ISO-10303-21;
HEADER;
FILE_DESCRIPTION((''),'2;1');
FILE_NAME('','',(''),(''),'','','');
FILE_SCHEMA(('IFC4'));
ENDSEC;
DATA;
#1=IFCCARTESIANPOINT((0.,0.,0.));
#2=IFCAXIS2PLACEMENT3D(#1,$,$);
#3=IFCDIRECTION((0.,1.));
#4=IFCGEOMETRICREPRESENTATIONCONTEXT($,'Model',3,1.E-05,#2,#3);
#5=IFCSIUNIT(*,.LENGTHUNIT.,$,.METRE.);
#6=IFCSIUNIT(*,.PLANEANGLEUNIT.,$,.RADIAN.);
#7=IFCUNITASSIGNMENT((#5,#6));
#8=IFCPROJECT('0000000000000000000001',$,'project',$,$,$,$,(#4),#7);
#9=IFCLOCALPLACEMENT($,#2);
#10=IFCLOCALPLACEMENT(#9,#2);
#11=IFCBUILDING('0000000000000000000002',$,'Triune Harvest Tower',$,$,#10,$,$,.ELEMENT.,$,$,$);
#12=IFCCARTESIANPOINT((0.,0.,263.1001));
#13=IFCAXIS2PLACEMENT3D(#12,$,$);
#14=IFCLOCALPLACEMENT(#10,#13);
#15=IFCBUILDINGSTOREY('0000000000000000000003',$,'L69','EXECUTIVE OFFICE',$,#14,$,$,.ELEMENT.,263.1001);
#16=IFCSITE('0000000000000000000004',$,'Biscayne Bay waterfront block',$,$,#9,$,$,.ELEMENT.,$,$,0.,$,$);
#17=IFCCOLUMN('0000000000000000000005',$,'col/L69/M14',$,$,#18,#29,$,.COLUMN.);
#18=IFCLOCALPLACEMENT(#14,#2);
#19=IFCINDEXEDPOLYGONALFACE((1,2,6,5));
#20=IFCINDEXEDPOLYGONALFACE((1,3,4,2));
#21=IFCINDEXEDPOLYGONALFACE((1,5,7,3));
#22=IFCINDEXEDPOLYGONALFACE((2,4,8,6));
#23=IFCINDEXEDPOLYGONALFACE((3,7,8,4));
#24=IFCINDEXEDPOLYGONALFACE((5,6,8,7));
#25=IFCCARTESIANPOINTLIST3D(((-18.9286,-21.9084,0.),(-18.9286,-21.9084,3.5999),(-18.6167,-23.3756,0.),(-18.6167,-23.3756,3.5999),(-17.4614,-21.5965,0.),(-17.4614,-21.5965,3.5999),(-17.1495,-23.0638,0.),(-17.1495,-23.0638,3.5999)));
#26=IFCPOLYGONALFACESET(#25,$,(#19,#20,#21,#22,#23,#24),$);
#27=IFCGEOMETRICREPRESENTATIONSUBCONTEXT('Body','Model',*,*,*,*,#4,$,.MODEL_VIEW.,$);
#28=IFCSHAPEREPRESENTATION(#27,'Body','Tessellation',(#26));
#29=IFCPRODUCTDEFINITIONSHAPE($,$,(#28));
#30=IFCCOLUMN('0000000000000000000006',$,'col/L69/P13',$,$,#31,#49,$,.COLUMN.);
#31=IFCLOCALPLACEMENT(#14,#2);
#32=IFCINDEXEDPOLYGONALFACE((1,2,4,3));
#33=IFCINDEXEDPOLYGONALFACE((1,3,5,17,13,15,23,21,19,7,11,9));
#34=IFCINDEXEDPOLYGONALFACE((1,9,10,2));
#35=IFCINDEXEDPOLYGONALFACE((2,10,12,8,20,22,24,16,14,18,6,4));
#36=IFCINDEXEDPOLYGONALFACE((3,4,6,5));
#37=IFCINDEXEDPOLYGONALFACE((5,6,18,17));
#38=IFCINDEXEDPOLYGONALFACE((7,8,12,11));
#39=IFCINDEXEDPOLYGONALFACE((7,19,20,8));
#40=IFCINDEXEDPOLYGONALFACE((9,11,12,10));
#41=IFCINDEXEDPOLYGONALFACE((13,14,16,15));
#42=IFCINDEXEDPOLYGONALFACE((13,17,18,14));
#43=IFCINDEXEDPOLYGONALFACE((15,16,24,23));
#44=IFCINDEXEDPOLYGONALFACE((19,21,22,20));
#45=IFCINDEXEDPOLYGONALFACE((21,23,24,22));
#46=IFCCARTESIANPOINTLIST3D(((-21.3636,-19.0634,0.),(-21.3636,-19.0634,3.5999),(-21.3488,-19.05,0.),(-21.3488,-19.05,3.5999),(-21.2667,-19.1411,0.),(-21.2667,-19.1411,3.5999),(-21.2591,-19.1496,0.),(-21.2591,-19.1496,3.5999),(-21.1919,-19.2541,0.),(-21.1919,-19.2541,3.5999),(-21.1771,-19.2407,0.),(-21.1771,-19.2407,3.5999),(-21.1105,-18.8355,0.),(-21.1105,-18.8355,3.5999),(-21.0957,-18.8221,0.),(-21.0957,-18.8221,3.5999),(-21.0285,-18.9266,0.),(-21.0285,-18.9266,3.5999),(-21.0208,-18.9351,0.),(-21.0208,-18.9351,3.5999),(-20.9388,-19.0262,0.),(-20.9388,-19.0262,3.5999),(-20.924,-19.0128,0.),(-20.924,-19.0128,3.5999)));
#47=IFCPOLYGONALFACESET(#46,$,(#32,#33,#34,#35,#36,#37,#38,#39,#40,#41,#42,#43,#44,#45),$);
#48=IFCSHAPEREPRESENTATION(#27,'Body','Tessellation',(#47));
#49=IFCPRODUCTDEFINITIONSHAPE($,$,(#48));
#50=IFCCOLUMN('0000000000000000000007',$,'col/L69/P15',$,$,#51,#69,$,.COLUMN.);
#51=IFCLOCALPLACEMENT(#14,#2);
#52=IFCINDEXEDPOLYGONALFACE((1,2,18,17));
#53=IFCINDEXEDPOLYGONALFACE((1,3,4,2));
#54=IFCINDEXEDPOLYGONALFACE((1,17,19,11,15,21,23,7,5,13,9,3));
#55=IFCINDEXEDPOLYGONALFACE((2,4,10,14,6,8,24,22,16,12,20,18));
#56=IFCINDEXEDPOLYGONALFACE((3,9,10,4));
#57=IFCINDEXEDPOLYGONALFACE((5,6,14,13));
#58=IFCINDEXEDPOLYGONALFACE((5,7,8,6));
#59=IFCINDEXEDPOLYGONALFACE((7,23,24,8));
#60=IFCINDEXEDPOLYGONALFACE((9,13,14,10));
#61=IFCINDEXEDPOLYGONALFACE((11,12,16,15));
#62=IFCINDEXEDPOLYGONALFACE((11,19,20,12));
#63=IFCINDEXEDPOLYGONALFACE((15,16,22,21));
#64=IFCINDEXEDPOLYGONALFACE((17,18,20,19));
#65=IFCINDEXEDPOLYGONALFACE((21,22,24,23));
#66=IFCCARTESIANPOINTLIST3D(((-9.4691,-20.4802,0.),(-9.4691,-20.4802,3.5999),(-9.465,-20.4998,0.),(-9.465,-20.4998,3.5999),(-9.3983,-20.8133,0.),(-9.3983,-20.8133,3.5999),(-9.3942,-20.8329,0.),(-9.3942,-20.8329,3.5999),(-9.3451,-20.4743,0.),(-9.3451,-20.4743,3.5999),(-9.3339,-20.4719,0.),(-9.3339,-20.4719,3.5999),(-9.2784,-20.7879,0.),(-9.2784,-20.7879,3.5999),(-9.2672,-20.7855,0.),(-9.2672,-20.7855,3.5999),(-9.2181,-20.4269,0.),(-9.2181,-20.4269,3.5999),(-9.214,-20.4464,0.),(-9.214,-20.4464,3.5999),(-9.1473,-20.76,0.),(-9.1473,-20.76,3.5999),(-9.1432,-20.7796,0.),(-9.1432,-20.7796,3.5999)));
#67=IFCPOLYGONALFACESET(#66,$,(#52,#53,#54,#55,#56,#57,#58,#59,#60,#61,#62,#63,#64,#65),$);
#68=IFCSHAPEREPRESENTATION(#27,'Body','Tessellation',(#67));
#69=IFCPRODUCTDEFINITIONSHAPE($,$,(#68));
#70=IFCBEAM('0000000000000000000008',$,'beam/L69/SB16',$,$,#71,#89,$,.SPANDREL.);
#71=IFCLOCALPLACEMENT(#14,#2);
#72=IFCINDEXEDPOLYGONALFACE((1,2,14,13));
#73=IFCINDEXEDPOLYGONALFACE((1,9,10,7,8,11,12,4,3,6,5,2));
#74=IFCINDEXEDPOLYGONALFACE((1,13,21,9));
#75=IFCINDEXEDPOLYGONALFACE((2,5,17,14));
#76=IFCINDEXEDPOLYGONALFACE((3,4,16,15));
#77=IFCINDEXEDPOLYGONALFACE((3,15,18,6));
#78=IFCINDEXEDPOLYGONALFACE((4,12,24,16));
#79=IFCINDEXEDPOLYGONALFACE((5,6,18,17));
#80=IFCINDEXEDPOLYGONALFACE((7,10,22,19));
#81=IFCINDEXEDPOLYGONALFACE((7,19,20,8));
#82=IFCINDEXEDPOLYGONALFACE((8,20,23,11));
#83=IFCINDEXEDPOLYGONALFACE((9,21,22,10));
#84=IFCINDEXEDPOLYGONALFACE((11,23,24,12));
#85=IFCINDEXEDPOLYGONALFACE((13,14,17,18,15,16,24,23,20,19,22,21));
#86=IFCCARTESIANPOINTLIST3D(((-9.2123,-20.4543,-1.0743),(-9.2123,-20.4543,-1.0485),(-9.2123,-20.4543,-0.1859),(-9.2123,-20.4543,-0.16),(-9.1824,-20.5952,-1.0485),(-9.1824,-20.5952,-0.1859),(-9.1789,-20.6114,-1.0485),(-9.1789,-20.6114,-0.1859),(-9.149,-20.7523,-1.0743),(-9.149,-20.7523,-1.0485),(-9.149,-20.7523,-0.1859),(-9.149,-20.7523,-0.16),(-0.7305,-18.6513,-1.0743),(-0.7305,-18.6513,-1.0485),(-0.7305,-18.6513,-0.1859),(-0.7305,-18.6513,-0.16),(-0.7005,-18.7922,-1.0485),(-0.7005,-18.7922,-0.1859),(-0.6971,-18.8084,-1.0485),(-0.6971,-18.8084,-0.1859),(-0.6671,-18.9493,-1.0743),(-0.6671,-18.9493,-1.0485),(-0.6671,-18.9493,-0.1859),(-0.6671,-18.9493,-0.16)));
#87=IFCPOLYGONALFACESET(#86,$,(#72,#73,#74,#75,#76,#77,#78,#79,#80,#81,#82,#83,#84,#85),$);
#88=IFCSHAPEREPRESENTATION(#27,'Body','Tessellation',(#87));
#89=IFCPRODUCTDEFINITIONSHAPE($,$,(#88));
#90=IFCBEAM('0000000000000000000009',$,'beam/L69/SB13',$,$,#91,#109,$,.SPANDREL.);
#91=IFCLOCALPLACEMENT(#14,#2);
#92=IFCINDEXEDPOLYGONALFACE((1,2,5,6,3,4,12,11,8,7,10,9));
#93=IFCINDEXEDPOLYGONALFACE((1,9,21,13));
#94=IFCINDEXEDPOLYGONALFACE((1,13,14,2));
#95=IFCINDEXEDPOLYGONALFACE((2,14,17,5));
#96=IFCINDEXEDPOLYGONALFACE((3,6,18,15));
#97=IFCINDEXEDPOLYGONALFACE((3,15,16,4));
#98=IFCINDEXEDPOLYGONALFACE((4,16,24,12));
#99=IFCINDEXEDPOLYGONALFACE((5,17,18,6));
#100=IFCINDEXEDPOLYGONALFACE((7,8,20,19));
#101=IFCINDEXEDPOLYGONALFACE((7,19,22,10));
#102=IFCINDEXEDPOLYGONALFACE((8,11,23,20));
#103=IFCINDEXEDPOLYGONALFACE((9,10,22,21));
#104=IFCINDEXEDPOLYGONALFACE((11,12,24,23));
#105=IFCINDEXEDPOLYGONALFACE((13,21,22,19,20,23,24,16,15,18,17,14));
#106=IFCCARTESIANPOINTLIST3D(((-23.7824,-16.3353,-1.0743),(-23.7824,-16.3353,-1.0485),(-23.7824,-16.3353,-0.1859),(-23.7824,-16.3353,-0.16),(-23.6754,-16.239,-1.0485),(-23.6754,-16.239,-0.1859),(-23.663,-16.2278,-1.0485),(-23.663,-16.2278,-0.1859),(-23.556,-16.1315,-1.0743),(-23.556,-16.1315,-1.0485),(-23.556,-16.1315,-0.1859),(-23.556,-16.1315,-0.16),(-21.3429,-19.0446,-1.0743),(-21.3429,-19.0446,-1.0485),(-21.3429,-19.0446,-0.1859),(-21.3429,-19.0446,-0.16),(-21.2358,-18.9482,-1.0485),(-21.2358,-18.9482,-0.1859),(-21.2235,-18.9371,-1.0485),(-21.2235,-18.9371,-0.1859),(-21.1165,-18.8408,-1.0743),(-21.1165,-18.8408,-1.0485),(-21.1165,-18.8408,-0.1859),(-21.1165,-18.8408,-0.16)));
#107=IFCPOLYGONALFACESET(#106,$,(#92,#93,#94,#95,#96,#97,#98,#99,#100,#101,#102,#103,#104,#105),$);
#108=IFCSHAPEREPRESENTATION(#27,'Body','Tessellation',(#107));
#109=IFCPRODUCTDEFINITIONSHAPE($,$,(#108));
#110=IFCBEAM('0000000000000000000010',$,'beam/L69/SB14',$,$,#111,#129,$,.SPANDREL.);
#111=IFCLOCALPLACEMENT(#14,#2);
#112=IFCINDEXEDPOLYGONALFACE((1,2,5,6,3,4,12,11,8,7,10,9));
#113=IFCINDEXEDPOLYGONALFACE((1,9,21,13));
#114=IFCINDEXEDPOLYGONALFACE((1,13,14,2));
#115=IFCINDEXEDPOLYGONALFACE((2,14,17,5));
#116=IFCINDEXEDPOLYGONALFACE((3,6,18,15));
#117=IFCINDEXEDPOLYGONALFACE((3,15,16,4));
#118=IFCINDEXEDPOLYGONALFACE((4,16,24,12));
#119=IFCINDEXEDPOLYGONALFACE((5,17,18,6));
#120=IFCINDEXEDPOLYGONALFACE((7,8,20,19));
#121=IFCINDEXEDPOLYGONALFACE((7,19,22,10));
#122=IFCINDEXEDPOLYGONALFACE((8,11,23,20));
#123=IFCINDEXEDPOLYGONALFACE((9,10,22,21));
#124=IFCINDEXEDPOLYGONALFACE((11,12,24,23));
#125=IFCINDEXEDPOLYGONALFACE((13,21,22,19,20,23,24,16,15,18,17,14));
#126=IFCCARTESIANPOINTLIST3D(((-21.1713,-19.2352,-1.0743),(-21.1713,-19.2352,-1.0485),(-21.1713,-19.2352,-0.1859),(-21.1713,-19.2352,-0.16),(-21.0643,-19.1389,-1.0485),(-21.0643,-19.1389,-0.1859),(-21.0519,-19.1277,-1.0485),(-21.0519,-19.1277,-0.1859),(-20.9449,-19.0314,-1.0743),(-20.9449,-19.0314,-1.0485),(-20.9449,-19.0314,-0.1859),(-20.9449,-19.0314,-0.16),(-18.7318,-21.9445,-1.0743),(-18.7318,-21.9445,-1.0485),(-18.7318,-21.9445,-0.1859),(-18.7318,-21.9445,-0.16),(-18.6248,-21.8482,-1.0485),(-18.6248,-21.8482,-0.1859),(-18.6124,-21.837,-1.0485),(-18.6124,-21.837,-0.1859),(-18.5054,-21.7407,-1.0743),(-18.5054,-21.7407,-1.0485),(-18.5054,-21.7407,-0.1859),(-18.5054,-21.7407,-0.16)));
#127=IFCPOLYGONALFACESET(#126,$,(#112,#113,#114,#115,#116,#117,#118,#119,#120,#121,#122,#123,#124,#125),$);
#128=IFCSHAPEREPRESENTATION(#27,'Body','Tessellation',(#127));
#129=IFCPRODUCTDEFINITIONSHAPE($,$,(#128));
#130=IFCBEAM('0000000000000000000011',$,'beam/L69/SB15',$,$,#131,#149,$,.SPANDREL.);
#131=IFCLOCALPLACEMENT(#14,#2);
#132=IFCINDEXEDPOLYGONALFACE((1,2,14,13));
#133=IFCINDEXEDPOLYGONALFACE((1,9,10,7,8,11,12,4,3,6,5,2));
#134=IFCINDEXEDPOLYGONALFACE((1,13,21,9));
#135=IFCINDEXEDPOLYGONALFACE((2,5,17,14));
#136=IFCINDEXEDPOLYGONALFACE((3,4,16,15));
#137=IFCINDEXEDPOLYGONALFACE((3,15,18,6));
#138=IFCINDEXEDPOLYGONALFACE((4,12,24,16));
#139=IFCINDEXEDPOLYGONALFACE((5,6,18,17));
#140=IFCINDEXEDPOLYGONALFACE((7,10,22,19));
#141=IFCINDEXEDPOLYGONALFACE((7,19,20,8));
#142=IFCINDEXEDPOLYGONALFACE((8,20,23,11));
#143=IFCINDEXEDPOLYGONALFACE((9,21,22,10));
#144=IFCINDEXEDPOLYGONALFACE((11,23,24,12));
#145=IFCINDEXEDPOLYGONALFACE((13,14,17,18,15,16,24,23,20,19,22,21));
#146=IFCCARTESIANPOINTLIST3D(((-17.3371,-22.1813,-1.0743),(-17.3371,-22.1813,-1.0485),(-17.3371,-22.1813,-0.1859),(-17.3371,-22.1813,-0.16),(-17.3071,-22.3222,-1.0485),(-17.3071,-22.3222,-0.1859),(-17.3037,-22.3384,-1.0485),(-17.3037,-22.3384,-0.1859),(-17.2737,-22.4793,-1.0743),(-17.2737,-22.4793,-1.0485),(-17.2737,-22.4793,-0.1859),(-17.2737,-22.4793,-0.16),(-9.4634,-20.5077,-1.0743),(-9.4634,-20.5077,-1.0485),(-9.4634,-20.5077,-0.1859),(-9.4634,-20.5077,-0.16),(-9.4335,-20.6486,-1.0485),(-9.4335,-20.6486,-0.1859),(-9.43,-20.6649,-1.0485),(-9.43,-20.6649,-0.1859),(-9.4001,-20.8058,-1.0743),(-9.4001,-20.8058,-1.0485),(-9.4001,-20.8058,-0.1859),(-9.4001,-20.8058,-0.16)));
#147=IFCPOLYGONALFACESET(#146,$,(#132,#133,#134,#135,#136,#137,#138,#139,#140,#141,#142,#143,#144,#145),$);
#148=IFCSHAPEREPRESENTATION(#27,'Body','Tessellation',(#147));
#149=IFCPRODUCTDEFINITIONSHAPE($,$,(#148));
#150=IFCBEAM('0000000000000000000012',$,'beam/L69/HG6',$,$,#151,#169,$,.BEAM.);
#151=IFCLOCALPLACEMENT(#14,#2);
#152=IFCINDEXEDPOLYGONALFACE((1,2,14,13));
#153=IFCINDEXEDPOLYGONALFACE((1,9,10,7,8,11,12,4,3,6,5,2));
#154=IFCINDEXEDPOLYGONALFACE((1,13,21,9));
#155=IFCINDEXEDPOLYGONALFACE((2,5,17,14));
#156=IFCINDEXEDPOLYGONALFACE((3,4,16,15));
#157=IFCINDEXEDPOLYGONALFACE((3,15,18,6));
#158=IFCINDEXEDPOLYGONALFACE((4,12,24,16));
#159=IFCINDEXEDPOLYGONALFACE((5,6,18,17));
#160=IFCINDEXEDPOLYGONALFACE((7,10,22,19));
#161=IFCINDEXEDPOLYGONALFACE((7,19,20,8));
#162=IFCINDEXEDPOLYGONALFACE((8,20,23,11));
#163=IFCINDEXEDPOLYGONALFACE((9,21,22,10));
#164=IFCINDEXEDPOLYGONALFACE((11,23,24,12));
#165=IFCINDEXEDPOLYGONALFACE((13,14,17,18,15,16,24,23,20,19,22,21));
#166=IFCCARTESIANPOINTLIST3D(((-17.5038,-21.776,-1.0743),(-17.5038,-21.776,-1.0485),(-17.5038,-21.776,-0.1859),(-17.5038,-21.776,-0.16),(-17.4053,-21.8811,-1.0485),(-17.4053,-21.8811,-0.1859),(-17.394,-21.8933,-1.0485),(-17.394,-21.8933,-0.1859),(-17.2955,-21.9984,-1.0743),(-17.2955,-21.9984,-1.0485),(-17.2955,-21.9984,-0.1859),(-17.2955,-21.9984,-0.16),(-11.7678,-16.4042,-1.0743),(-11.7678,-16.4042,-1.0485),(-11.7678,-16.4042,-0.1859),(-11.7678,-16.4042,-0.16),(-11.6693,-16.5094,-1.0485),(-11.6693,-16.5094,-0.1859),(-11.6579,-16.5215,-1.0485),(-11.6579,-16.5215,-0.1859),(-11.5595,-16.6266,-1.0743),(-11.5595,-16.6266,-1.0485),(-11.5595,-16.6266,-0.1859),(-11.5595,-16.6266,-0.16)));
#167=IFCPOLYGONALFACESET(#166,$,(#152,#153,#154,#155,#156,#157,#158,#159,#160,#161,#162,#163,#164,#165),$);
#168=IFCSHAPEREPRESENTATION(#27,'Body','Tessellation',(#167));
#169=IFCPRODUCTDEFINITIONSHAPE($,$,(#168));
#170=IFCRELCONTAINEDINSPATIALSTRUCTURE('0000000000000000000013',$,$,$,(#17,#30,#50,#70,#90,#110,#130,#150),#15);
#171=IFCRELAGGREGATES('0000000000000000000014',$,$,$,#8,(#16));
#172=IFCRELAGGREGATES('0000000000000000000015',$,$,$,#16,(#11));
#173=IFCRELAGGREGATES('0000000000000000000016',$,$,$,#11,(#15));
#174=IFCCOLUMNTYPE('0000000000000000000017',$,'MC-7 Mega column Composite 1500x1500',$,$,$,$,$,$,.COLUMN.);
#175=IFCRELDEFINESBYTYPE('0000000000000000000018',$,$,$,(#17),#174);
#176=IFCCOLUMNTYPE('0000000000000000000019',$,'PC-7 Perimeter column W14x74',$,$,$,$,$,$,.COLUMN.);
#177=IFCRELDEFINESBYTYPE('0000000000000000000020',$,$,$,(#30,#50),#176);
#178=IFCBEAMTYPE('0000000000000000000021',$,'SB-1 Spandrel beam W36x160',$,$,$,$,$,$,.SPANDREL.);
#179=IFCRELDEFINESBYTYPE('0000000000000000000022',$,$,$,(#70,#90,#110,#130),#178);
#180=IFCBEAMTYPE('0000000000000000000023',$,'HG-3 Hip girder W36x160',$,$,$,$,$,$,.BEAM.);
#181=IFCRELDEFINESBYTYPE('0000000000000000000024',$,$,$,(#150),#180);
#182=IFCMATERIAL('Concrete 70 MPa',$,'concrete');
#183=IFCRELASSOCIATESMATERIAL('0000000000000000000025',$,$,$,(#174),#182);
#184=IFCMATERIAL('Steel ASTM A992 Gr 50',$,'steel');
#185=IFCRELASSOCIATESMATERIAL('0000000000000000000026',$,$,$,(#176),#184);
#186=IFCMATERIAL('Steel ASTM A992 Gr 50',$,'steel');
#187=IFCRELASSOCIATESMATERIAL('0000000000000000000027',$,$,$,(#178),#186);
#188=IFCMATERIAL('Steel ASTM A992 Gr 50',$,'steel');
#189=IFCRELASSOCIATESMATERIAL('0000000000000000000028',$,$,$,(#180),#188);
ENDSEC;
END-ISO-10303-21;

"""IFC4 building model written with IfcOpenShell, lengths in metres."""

from ifc_helpers import new_model, si_unit, direction, frame, origin, origin_2d, place, context, subcontext, project, spatial, rectangle, i_section, extrude, source, transform, mapped, material, material_profile, profile_set, type_object, element, save


model = new_model("IFC4")

# Units and contexts
model_context = context("Model", 3, precision=1e-05, world=origin(), true_north=direction((0.0, 1.0)))
body_context = subcontext(model_context, "Body", "Model", "MODEL_VIEW")
ifc_project = project(units=[si_unit("LENGTHUNIT", "METRE"), si_unit("PLANEANGLEUNIT", "RADIAN")], contexts=[model_context])

# Site, building, storey
site_placement = place(None, origin())
site = spatial("IfcSite", under=ifc_project, at=site_placement, Name="Biscayne Bay waterfront block", CompositionType="ELEMENT", RefElevation=0.0)
building_placement = place(site_placement, origin())
building = spatial("IfcBuilding", under=site, at=building_placement, Name="Triune Harvest Tower", CompositionType="ELEMENT")
storey_placement = place(building_placement, frame((0.0, 0.0, 263.1001)))
storey = spatial("IfcBuildingStorey", under=building, at=storey_placement, Name="L69", Description="EXECUTIVE OFFICE", CompositionType="ELEMENT", Elevation=263.1001)

# Columns
ifc_material_1 = material(Name="Concrete 70 MPa", Category="concrete")
ifc_material_profile_1 = material_profile(ifc_material_1, rectangle(XDim=1.5, YDim=1.5, at=origin_2d()), Name="Composite 1500x1500")
ifc_profile_set_1 = profile_set([ifc_material_profile_1], Name="Concrete 70 MPa")
column_type_1 = type_object("IfcColumnType", Name="MC-7 Mega column Composite 1500x1500", PredefinedType="COLUMN", material=ifc_profile_set_1)
shared_shape_1 = source(origin(), body_context, "Body", "SweptSolid", [
    extrude(rectangle(XDim=1.5, YDim=1.5, at=origin_2d()), origin(), (0.0, 0.0, 1.0), 3.5999),
])
column_placement = place(storey_placement, frame((-18.0391, -22.4861, 0.0), z_axis=(0.0, 0.0, 1.0), x_axis=(0.978147, 0.207913, 0.0)))
element("IfcColumn", 1, at=column_placement, inside=storey, type_object=column_type_1, Name="col/L69/M14", PredefinedType="COLUMN", context=body_context, shape_type="MappedRepresentation", body=[
    mapped(shared_shape_1, transform((0.0, 0.0, 0.0), scale=1.0)),
])
ifc_material_2 = material(Name="Steel ASTM A992 Gr 50", Category="steel")
ifc_material_profile_2 = material_profile(ifc_material_2, i_section(OverallWidth=0.2566, OverallDepth=0.3606, WebThickness=0.0115, FlangeThickness=0.02, at=origin_2d()), Name="W14x74")
ifc_profile_set_2 = profile_set([ifc_material_profile_2], Name="Steel ASTM A992 Gr 50")
column_type_2 = type_object("IfcColumnType", Name="PC-7 Perimeter column W14x74", PredefinedType="COLUMN", material=ifc_profile_set_2)
shared_shape_2 = source(origin(), body_context, "Body", "SweptSolid", [
    extrude(i_section(OverallWidth=0.2566, OverallDepth=0.3606, WebThickness=0.0115, FlangeThickness=0.02, at=origin_2d()), origin(), (0.0, 0.0, 1.0), 3.5999),
])
for number, where, z_axis, x_axis, name in (
    (2, (-21.1438, -19.0381, 0.0), (0.0, 0.0, 1.0), (0.669129, -0.743146, 0.0), "col/L69/P13"),
    (3, (-9.3062, -20.6299, 0.0), (0.0, 0.0, 1.0), (0.978147, 0.207913, 0.0), "col/L69/P15"),
):
    element("IfcColumn", number, at=place(storey_placement, frame(where, z_axis=z_axis, x_axis=x_axis)), inside=storey, type_object=column_type_2, Name=name, PredefinedType="COLUMN", context=body_context, shape_type="MappedRepresentation", body=[
        mapped(shared_shape_2, transform((0.0, 0.0, 0.0), scale=1.0)),
    ])

# Beams
ifc_material_3 = material(Name="Steel ASTM A992 Gr 50", Category="steel")
ifc_material_profile_3 = material_profile(ifc_material_3, i_section(OverallWidth=0.3047, OverallDepth=0.9143, WebThickness=0.0166, FlangeThickness=0.0259, at=origin_2d()), Name="W36x160")
ifc_profile_set_3 = profile_set([ifc_material_profile_3], Name="Steel ASTM A992 Gr 50")
beam_type_1 = type_object("IfcBeamType", Name="SB-1 Spandrel beam W36x160", PredefinedType="SPANDREL", material=ifc_profile_set_3)
shared_shape_3 = source(origin(), body_context, "Body", "SweptSolid", [
    extrude(i_section(OverallWidth=0.3047, OverallDepth=0.9143, WebThickness=0.0166, FlangeThickness=0.0259, at=origin_2d()), origin(), (0.0, 0.0, 1.0), 8.6714),
])
beam_1_placement = place(storey_placement, frame((-9.1807, -20.6033, -0.6172), z_axis=(0.978146, 0.207921, 0.0), x_axis=(-0.207921, 0.978146, 0.0)))
element("IfcBeam", 4, at=beam_1_placement, inside=storey, type_object=beam_type_1, Name="beam/L69/SB16", PredefinedType="SPANDREL", context=body_context, shape_type="MappedRepresentation", body=[
    mapped(shared_shape_3, transform((0.0, 0.0, 0.0), scale=1.0)),
])
shared_shape_4 = source(origin(), body_context, "Body", "SweptSolid", [
    extrude(i_section(OverallWidth=0.3047, OverallDepth=0.9143, WebThickness=0.0166, FlangeThickness=0.0259, at=origin_2d()), origin(), (0.0, 0.0, 1.0), 3.6458),
])
for number, where, z_axis, x_axis, name in (
    (5, (-23.6692, -16.2334, -0.6172), (0.669139, -0.743138, 0.0), (0.743138, 0.669139, 0.0), "beam/L69/SB13"),
    (6, (-21.0581, -19.1333, -0.6172), (0.669139, -0.743138, 0.0), (0.743138, 0.669139, 0.0), "beam/L69/SB14"),
):
    element("IfcBeam", number, at=place(storey_placement, frame(where, z_axis=z_axis, x_axis=x_axis)), inside=storey, type_object=beam_type_1, Name=name, PredefinedType="SPANDREL", context=body_context, shape_type="MappedRepresentation", body=[
        mapped(shared_shape_4, transform((0.0, 0.0, 0.0), scale=1.0)),
    ])
shared_shape_5 = source(origin(), body_context, "Body", "SweptSolid", [
    extrude(i_section(OverallWidth=0.3047, OverallDepth=0.9143, WebThickness=0.0166, FlangeThickness=0.0259, at=origin_2d()), origin(), (0.0, 0.0, 1.0), 8.0496),
])
beam_2_placement = place(storey_placement, frame((-17.3054, -22.3303, -0.6172), z_axis=(0.978149, 0.207907, 0.0), x_axis=(-0.207907, 0.978149, 0.0)))
element("IfcBeam", 7, at=beam_2_placement, inside=storey, type_object=beam_type_1, Name="beam/L69/SB15", PredefinedType="SPANDREL", context=body_context, shape_type="MappedRepresentation", body=[
    mapped(shared_shape_5, transform((0.0, 0.0, 0.0), scale=1.0)),
])
ifc_material_4 = material(Name="Steel ASTM A992 Gr 50", Category="steel")
ifc_material_profile_4 = material_profile(ifc_material_4, i_section(OverallWidth=0.3047, OverallDepth=0.9143, WebThickness=0.0166, FlangeThickness=0.0259, at=origin_2d()), Name="W36x160")
ifc_profile_set_4 = profile_set([ifc_material_profile_4], Name="Steel ASTM A992 Gr 50")
beam_type_2 = type_object("IfcBeamType", Name="HG-3 Hip girder W36x160", PredefinedType="BEAM", material=ifc_profile_set_4)
shared_shape_6 = source(origin(), body_context, "Body", "SweptSolid", [
    extrude(i_section(OverallWidth=0.3047, OverallDepth=0.9143, WebThickness=0.0166, FlangeThickness=0.0259, at=origin_2d()), origin(), (0.0, 0.0, 1.0), 7.8586),
])
beam_3_placement = place(storey_placement, frame((-17.3997, -21.8872, -0.6172), z_axis=(0.729902, 0.683551, 0.0), x_axis=(-0.683551, 0.729902, 0.0)))
element("IfcBeam", 8, at=beam_3_placement, inside=storey, type_object=beam_type_2, Name="beam/L69/HG6", PredefinedType="BEAM", context=body_context, shape_type="MappedRepresentation", body=[
    mapped(shared_shape_6, transform((0.0, 0.0, 0.0), scale=1.0)),
])

save(model, "model.ifc")
